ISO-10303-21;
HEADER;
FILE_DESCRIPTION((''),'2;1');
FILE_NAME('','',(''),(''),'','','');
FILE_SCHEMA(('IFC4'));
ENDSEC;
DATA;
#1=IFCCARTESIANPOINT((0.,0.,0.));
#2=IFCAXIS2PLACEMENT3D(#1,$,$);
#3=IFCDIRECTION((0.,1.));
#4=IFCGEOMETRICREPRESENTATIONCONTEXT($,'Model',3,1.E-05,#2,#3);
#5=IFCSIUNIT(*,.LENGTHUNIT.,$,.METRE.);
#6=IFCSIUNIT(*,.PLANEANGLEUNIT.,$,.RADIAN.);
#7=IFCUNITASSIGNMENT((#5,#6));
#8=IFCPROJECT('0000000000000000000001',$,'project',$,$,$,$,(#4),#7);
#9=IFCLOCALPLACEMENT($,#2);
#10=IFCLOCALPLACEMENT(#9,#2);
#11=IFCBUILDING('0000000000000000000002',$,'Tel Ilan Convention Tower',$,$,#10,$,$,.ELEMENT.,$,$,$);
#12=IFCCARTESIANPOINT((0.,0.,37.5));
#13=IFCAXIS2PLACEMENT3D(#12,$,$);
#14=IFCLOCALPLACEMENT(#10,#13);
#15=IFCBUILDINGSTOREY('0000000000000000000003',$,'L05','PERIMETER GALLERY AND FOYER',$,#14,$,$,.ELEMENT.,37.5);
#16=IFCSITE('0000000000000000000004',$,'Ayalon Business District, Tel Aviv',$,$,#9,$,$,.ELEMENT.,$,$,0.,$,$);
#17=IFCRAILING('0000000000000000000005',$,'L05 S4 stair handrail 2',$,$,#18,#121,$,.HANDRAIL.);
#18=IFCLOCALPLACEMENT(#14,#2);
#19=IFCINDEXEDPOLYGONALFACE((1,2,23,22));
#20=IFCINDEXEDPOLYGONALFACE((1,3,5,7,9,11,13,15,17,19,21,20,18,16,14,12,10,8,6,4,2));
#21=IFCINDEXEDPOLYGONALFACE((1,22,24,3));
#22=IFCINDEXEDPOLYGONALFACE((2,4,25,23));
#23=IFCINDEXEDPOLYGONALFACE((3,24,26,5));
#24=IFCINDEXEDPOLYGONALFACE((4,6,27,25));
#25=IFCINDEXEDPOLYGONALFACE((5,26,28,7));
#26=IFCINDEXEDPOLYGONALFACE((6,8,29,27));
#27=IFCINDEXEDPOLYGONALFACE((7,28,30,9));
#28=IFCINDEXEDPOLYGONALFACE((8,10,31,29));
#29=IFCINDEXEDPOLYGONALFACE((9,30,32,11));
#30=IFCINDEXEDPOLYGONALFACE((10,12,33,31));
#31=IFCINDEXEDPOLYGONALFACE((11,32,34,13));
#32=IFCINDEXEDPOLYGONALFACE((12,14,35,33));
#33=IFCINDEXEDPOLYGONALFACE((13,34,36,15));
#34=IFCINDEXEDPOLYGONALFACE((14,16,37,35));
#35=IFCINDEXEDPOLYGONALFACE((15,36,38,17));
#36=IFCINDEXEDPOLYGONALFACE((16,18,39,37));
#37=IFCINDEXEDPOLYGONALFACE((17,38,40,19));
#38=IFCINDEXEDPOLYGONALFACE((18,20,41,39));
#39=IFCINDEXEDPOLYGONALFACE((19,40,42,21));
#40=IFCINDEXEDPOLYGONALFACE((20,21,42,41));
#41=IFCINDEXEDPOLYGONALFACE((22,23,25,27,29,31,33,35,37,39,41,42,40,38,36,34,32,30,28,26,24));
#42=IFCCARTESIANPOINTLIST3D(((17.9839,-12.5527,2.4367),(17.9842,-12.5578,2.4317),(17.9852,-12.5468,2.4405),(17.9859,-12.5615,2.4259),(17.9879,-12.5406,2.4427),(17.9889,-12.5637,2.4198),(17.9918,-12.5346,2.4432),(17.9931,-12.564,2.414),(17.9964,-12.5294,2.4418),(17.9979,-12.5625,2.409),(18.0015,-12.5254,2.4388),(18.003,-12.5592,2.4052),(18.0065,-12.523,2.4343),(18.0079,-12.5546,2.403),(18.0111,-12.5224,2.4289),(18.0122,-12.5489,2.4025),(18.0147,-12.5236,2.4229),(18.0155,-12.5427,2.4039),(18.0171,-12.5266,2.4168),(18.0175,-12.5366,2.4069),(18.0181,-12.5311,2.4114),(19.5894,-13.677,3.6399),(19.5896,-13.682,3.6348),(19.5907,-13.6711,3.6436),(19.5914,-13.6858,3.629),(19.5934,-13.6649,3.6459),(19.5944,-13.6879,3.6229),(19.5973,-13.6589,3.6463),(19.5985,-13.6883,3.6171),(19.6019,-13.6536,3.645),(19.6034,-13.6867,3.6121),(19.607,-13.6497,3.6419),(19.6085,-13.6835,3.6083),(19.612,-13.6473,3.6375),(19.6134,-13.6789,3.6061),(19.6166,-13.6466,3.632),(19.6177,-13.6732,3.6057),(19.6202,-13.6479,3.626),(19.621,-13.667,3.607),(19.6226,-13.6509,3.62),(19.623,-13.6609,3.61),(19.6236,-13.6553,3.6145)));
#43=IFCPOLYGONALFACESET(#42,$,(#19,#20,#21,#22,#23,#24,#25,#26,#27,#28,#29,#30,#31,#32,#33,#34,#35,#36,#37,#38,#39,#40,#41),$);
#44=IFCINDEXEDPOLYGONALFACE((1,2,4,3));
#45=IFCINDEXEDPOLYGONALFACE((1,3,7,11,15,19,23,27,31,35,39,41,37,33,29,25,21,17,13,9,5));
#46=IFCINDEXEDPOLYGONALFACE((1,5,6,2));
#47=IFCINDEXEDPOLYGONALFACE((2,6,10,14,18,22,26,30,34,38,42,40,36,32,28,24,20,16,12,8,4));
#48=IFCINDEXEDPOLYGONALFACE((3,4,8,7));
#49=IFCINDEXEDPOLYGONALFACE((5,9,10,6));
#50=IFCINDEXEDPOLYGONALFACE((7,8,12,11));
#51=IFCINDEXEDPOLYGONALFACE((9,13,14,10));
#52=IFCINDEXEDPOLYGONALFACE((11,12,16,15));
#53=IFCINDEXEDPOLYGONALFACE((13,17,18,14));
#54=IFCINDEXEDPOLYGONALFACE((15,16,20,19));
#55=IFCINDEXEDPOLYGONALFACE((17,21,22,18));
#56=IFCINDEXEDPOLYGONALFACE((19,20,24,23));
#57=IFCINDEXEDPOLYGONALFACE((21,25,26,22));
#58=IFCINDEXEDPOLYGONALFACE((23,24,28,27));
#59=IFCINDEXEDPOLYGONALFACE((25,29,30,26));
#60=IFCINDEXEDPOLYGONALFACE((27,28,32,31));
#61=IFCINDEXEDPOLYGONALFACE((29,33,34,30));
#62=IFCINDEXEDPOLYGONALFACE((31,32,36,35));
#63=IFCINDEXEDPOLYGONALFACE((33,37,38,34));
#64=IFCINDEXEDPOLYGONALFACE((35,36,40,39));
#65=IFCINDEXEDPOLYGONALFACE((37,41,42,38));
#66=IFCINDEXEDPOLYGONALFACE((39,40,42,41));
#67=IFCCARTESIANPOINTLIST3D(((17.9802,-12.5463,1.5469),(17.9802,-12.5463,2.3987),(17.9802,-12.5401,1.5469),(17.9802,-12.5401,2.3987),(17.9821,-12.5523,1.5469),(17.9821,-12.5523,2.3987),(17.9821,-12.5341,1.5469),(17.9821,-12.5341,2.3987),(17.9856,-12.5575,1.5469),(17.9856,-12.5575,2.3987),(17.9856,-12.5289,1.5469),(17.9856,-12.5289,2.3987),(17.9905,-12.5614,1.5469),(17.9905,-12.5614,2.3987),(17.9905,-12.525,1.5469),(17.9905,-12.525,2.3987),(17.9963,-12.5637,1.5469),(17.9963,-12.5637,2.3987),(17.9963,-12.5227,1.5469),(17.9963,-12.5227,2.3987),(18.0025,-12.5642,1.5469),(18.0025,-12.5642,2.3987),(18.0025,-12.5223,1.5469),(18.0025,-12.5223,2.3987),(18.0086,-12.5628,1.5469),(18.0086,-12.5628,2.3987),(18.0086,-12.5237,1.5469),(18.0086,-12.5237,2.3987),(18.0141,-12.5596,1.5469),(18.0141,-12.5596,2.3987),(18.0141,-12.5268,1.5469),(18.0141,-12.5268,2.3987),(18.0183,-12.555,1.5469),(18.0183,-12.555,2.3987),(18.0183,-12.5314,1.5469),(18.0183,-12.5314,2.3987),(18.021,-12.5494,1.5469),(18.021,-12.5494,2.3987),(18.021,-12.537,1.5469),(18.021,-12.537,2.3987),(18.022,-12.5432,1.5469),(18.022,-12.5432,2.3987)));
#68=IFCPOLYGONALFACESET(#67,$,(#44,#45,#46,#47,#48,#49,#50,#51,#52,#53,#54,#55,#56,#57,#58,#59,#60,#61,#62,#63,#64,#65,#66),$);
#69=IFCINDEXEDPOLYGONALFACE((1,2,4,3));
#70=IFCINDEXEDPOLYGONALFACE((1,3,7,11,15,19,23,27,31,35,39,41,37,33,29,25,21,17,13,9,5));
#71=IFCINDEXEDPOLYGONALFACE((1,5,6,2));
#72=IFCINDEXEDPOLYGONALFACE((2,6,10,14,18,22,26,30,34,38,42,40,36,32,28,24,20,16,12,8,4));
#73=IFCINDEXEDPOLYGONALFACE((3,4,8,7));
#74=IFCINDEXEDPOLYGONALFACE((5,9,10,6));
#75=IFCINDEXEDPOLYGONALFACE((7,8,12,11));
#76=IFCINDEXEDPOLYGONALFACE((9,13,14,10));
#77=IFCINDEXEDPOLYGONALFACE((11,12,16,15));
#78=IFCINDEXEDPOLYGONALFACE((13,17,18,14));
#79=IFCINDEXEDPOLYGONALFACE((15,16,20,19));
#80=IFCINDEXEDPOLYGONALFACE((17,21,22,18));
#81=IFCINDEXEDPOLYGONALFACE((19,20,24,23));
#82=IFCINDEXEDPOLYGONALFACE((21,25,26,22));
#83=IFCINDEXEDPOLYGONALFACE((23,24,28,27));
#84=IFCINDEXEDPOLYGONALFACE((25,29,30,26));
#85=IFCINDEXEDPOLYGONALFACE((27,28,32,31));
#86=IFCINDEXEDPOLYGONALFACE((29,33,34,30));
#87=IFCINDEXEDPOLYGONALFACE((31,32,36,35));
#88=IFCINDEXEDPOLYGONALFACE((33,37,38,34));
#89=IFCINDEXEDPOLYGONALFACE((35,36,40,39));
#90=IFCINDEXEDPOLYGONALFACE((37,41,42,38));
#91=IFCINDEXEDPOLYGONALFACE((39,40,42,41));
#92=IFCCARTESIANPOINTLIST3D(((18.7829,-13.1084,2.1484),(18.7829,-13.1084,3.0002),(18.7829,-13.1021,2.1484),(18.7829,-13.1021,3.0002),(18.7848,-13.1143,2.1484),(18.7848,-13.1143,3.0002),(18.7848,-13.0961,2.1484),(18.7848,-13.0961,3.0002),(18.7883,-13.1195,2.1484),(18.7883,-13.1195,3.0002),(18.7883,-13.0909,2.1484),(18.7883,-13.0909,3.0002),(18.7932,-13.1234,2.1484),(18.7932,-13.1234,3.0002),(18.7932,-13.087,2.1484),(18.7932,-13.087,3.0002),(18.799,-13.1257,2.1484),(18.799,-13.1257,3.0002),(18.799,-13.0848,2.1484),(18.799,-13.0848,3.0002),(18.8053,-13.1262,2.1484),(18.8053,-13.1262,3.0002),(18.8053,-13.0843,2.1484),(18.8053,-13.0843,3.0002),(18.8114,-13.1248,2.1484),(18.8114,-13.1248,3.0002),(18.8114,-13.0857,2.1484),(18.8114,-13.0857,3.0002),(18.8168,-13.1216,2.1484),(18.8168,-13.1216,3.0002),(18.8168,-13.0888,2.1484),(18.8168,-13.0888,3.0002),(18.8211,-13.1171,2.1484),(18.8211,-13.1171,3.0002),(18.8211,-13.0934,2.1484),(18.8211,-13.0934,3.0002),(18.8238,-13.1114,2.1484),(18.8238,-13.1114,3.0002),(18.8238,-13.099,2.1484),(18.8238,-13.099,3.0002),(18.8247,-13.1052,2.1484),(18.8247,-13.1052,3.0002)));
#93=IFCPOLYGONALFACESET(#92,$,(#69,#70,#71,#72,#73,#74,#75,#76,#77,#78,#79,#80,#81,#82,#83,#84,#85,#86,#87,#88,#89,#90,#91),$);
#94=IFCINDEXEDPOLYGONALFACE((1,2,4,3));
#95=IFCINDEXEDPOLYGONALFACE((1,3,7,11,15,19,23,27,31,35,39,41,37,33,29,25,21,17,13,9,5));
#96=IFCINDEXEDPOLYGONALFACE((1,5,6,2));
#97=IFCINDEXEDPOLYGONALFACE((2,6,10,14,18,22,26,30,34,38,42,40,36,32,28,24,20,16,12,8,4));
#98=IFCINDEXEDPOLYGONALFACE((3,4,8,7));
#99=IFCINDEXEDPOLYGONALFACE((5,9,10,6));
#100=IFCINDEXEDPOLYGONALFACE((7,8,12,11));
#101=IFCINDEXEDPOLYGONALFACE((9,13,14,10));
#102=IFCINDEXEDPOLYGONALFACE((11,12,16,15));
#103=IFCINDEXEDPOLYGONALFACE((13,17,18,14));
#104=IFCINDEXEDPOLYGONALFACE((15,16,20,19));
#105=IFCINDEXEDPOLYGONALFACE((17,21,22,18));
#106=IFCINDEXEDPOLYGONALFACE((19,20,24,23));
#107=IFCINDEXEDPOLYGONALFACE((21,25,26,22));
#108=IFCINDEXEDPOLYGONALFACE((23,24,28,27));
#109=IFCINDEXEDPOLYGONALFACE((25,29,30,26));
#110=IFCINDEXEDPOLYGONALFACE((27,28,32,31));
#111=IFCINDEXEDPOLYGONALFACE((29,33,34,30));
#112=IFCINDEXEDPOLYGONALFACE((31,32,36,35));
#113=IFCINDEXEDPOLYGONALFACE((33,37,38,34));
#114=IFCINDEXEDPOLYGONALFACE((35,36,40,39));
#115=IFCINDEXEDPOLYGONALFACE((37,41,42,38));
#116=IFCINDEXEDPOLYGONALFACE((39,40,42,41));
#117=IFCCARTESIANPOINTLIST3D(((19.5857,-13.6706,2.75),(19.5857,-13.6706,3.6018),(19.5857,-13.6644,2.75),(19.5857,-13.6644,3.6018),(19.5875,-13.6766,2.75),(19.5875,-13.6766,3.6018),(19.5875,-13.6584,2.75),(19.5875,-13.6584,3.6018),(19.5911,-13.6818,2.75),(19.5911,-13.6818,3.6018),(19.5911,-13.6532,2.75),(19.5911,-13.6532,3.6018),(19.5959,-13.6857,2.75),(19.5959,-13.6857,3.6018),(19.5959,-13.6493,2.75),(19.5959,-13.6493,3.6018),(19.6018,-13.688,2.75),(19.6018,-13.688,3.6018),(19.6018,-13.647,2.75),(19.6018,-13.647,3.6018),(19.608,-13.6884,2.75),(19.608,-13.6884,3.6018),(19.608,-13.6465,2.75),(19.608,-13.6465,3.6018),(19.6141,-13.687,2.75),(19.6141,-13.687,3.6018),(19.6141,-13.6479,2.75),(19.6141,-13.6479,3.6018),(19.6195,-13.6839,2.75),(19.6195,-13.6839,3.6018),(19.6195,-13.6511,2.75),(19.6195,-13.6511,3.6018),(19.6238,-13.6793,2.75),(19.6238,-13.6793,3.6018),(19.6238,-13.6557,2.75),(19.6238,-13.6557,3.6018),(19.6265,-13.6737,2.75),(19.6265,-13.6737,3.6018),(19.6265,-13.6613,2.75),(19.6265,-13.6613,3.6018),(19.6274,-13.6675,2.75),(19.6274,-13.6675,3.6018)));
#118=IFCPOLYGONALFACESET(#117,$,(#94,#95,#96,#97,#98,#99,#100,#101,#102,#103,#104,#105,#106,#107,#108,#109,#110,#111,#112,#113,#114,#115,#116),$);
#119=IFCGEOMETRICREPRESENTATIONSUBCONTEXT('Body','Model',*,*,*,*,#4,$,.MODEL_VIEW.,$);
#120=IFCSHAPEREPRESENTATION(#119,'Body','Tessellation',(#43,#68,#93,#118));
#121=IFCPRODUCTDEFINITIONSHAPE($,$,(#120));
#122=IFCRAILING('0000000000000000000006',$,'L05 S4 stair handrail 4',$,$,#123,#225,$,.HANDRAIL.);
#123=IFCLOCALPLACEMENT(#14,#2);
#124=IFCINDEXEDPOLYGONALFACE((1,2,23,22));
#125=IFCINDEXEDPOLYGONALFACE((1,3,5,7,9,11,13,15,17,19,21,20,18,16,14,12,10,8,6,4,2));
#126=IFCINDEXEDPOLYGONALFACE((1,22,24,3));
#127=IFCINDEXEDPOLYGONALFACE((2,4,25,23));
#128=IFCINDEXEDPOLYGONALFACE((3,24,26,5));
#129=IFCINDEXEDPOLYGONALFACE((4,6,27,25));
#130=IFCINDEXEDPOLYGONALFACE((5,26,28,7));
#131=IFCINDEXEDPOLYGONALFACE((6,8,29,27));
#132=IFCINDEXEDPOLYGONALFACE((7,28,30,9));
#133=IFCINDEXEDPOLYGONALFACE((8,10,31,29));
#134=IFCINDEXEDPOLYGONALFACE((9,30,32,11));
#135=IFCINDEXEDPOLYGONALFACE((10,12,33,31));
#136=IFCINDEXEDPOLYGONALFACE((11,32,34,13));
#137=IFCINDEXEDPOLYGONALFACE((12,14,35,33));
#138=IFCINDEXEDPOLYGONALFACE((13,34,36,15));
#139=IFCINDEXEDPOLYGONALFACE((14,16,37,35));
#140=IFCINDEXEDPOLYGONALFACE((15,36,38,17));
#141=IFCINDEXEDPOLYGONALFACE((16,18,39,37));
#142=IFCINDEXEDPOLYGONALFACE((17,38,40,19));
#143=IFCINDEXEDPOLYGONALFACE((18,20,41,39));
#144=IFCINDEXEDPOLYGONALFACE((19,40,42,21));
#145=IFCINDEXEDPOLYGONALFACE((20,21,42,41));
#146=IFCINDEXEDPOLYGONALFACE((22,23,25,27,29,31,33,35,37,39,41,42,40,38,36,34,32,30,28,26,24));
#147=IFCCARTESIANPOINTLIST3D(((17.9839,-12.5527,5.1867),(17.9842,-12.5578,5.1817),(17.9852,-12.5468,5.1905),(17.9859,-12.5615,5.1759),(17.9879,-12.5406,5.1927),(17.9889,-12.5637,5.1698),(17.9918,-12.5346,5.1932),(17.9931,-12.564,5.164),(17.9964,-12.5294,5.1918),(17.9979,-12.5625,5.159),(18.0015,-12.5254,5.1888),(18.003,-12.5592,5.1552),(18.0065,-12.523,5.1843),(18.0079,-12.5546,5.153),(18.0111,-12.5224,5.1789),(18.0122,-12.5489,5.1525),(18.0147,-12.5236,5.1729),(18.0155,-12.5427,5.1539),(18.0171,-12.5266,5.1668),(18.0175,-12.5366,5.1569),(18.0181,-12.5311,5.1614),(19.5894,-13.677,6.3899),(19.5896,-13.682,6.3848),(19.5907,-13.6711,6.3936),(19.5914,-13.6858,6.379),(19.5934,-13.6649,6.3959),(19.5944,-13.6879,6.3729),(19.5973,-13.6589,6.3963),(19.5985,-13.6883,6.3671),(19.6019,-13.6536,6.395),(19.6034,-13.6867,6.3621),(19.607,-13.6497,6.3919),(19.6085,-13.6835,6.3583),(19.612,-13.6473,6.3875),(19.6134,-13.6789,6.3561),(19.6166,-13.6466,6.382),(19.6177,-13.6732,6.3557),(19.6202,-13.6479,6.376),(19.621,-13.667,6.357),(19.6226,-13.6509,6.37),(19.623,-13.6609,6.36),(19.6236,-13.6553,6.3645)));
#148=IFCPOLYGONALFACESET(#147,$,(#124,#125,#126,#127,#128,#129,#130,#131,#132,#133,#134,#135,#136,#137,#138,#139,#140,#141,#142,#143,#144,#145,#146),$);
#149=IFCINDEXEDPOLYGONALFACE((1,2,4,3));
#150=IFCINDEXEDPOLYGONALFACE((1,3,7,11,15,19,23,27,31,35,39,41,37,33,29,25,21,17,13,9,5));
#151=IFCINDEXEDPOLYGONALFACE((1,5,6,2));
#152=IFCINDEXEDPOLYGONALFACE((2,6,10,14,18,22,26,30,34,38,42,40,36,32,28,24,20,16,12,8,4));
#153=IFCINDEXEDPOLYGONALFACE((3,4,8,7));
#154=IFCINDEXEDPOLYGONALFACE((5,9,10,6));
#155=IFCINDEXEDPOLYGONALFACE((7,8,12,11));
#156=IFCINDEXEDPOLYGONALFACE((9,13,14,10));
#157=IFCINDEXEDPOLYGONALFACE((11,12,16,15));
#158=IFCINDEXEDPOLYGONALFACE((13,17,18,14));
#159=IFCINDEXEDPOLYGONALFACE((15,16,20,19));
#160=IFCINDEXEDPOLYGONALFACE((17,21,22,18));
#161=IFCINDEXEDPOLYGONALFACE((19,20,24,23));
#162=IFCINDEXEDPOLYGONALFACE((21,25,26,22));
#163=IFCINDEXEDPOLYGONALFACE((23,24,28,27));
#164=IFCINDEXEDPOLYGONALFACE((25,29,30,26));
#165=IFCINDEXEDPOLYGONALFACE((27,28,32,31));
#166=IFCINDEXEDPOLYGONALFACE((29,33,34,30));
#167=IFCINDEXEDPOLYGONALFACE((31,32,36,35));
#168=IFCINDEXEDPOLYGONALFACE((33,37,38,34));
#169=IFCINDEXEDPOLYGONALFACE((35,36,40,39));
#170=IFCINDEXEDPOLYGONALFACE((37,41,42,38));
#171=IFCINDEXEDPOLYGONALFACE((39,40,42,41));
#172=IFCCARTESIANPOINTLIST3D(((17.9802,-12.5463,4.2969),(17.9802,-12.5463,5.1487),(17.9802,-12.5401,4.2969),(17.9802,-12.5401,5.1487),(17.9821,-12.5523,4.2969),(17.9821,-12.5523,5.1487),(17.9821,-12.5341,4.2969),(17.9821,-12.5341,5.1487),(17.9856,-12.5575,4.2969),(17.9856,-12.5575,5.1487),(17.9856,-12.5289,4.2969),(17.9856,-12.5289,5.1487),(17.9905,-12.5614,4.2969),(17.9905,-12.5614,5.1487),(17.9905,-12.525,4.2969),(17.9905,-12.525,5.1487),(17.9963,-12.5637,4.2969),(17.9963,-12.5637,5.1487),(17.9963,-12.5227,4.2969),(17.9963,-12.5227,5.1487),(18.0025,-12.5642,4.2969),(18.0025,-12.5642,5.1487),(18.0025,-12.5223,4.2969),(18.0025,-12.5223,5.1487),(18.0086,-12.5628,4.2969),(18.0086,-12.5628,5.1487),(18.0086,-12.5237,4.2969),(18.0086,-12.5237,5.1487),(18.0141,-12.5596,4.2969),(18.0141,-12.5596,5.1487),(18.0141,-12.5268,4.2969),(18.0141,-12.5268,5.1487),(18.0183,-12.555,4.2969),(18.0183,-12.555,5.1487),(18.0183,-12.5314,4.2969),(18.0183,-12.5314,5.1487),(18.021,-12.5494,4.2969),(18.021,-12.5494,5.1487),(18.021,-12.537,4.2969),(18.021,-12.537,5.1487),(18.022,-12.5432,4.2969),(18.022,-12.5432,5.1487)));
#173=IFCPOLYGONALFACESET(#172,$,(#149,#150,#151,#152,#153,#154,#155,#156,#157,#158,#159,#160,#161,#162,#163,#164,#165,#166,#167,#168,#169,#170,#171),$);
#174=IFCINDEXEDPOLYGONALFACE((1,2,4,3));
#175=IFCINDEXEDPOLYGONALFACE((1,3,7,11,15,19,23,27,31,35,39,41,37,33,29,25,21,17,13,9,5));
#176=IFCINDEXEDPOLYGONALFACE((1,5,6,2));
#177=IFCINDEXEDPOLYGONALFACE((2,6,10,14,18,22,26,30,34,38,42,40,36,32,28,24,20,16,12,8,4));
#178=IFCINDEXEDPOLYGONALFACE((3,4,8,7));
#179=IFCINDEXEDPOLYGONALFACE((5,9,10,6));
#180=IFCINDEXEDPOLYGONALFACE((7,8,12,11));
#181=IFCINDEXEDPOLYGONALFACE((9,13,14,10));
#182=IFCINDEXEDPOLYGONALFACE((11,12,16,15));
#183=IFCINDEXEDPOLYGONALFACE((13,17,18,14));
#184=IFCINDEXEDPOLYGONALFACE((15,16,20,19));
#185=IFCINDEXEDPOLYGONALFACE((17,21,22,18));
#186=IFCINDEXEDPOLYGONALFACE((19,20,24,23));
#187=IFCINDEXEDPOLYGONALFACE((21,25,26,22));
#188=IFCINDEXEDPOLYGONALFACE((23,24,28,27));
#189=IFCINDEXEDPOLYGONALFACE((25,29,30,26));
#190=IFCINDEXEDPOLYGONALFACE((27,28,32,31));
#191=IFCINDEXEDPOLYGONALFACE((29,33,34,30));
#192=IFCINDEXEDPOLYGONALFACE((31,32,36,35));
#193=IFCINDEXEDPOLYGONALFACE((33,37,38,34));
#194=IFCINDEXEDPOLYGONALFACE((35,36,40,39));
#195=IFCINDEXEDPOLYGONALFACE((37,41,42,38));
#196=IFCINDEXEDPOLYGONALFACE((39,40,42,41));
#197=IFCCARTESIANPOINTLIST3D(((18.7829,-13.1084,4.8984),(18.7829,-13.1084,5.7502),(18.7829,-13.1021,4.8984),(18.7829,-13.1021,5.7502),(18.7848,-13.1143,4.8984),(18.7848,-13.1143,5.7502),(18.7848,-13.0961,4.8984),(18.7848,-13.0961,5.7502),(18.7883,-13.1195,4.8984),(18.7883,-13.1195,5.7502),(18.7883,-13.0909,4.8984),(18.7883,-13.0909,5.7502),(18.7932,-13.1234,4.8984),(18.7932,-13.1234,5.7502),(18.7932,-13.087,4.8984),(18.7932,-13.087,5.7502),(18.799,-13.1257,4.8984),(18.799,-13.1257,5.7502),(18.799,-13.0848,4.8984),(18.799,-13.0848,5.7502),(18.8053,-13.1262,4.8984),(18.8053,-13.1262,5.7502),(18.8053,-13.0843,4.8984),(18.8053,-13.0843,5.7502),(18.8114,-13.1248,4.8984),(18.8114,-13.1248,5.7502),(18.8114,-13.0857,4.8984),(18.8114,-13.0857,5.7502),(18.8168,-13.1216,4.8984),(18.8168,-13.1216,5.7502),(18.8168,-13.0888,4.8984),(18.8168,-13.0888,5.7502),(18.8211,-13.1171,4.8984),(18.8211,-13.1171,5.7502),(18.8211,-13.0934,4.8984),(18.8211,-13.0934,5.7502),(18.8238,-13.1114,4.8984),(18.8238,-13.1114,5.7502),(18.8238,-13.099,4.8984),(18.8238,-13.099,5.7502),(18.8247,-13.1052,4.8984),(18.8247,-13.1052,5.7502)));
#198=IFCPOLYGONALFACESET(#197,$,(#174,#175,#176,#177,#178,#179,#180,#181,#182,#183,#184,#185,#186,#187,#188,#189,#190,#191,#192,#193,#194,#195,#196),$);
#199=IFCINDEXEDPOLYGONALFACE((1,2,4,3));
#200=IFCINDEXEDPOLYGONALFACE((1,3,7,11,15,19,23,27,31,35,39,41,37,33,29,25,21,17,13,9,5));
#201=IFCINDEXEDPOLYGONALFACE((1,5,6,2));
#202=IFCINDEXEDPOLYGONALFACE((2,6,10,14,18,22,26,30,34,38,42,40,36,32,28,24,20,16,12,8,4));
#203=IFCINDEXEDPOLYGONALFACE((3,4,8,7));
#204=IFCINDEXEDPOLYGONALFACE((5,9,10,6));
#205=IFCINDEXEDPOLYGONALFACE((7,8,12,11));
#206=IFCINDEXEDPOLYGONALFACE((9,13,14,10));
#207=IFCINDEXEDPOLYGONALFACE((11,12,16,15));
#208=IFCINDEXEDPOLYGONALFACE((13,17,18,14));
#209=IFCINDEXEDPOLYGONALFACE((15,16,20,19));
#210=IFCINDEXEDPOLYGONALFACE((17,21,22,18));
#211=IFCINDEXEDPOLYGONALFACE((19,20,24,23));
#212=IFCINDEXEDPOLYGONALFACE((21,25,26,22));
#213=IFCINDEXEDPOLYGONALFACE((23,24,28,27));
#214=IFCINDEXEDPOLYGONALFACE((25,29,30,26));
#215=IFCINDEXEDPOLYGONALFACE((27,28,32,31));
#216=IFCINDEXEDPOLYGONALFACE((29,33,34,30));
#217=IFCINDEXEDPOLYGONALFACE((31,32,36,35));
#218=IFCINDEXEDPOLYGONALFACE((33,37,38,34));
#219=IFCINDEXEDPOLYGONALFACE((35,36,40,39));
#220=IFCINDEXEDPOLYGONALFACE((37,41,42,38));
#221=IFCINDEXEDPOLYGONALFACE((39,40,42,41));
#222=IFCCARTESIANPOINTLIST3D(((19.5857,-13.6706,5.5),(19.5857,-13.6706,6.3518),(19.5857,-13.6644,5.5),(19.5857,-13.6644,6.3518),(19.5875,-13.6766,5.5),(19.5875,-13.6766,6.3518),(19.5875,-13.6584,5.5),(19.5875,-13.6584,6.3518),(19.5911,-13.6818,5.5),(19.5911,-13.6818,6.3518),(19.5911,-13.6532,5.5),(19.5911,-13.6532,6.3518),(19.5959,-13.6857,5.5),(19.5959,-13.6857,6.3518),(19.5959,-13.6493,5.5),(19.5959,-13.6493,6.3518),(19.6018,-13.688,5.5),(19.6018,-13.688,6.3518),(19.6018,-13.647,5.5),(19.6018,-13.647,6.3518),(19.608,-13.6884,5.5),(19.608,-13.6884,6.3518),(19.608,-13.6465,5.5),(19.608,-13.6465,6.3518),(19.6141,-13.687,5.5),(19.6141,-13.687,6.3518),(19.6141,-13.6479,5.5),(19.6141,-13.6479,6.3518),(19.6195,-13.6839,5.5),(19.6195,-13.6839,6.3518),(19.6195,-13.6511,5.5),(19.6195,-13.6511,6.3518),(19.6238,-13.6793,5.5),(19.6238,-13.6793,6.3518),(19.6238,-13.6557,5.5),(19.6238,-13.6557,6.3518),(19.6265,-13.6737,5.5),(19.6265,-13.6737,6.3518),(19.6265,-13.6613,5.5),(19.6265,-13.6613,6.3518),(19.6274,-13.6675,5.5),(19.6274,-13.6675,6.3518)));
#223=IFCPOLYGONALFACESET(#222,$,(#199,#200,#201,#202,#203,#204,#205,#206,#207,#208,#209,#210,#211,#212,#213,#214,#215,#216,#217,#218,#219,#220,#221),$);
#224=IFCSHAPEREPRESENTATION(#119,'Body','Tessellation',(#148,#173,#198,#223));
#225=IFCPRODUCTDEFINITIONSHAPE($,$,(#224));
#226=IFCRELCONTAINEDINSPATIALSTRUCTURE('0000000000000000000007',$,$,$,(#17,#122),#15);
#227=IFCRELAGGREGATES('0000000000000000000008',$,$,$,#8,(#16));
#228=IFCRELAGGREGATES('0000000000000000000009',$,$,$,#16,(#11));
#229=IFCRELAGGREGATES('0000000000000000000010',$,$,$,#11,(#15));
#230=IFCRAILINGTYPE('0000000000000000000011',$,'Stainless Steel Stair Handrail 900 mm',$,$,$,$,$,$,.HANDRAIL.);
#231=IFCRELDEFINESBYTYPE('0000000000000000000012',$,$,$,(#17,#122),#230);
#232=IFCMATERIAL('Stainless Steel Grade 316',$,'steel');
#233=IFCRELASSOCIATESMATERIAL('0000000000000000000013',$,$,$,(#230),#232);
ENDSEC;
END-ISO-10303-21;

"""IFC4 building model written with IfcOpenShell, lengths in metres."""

from ifc_helpers import new_model, si_unit, direction, frame, origin, origin_2d, place, context, subcontext, project, spatial, circle, extrude, material, type_object, element, save


model = new_model("IFC4")

# Units and contexts
model_context = context("Model", 3, precision=1e-05, world=origin(), true_north=direction((0.0, 1.0)))
body_context = subcontext(model_context, "Body", "Model", "MODEL_VIEW")
ifc_project = project(units=[si_unit("LENGTHUNIT", "METRE"), si_unit("PLANEANGLEUNIT", "RADIAN")], contexts=[model_context])

# Site, building, storey
site_placement = place(None, origin())
site = spatial("IfcSite", under=ifc_project, at=site_placement, Name="Ayalon Business District, Tel Aviv", CompositionType="ELEMENT", RefElevation=0.0)
building_placement = place(site_placement, origin())
building = spatial("IfcBuilding", under=site, at=building_placement, Name="Tel Ilan Convention Tower", CompositionType="ELEMENT")
storey_placement = place(building_placement, frame((0.0, 0.0, 37.5)))
storey = spatial("IfcBuildingStorey", under=building, at=storey_placement, Name="L05", Description="PERIMETER GALLERY AND FOYER", CompositionType="ELEMENT", Elevation=37.5)

# Railings
ifc_material_1 = material(Name="Stainless Steel Grade 316", Category="steel")
railing_type_1 = type_object("IfcRailingType", Name="Stainless Steel Stair Handrail 900 mm", PredefinedType="HANDRAIL", material=ifc_material_1)
for number, where, name in (
    (1, (18.001, -12.5432, 1.5469), "L05 S4 stair handrail 2"),
    (2, (18.001, -12.5432, 4.2969), "L05 S4 stair handrail 4"),
):
    element("IfcRailing", number, at=place(storey_placement, frame(where)), inside=storey, type_object=railing_type_1, Name=name, PredefinedType="HANDRAIL", context=body_context, shape_type="SweptSolid", body=[
        extrude(circle(Radius=0.0239, at=origin_2d()), frame((0.0, 0.0, 0.876), z_axis=(0.698095, -0.488857, 0.523146), x_axis=(0.573613, 0.819127, 0.0)), (0.0, 0.0, 1.0), 2.2998),
        extrude(circle(Radius=0.021, at=origin_2d()), origin(), (0.0, 0.0, 1.0), 0.8518),
        extrude(circle(Radius=0.021, at=origin_2d()), frame((0.8027, -0.562, 0.6016)), (0.0, 0.0, 1.0), 0.8518),
        extrude(circle(Radius=0.021, at=origin_2d()), frame((1.6055, -1.1243, 1.2031)), (0.0, 0.0, 1.0), 0.8518),
    ])

save(model, "model.ifc")
